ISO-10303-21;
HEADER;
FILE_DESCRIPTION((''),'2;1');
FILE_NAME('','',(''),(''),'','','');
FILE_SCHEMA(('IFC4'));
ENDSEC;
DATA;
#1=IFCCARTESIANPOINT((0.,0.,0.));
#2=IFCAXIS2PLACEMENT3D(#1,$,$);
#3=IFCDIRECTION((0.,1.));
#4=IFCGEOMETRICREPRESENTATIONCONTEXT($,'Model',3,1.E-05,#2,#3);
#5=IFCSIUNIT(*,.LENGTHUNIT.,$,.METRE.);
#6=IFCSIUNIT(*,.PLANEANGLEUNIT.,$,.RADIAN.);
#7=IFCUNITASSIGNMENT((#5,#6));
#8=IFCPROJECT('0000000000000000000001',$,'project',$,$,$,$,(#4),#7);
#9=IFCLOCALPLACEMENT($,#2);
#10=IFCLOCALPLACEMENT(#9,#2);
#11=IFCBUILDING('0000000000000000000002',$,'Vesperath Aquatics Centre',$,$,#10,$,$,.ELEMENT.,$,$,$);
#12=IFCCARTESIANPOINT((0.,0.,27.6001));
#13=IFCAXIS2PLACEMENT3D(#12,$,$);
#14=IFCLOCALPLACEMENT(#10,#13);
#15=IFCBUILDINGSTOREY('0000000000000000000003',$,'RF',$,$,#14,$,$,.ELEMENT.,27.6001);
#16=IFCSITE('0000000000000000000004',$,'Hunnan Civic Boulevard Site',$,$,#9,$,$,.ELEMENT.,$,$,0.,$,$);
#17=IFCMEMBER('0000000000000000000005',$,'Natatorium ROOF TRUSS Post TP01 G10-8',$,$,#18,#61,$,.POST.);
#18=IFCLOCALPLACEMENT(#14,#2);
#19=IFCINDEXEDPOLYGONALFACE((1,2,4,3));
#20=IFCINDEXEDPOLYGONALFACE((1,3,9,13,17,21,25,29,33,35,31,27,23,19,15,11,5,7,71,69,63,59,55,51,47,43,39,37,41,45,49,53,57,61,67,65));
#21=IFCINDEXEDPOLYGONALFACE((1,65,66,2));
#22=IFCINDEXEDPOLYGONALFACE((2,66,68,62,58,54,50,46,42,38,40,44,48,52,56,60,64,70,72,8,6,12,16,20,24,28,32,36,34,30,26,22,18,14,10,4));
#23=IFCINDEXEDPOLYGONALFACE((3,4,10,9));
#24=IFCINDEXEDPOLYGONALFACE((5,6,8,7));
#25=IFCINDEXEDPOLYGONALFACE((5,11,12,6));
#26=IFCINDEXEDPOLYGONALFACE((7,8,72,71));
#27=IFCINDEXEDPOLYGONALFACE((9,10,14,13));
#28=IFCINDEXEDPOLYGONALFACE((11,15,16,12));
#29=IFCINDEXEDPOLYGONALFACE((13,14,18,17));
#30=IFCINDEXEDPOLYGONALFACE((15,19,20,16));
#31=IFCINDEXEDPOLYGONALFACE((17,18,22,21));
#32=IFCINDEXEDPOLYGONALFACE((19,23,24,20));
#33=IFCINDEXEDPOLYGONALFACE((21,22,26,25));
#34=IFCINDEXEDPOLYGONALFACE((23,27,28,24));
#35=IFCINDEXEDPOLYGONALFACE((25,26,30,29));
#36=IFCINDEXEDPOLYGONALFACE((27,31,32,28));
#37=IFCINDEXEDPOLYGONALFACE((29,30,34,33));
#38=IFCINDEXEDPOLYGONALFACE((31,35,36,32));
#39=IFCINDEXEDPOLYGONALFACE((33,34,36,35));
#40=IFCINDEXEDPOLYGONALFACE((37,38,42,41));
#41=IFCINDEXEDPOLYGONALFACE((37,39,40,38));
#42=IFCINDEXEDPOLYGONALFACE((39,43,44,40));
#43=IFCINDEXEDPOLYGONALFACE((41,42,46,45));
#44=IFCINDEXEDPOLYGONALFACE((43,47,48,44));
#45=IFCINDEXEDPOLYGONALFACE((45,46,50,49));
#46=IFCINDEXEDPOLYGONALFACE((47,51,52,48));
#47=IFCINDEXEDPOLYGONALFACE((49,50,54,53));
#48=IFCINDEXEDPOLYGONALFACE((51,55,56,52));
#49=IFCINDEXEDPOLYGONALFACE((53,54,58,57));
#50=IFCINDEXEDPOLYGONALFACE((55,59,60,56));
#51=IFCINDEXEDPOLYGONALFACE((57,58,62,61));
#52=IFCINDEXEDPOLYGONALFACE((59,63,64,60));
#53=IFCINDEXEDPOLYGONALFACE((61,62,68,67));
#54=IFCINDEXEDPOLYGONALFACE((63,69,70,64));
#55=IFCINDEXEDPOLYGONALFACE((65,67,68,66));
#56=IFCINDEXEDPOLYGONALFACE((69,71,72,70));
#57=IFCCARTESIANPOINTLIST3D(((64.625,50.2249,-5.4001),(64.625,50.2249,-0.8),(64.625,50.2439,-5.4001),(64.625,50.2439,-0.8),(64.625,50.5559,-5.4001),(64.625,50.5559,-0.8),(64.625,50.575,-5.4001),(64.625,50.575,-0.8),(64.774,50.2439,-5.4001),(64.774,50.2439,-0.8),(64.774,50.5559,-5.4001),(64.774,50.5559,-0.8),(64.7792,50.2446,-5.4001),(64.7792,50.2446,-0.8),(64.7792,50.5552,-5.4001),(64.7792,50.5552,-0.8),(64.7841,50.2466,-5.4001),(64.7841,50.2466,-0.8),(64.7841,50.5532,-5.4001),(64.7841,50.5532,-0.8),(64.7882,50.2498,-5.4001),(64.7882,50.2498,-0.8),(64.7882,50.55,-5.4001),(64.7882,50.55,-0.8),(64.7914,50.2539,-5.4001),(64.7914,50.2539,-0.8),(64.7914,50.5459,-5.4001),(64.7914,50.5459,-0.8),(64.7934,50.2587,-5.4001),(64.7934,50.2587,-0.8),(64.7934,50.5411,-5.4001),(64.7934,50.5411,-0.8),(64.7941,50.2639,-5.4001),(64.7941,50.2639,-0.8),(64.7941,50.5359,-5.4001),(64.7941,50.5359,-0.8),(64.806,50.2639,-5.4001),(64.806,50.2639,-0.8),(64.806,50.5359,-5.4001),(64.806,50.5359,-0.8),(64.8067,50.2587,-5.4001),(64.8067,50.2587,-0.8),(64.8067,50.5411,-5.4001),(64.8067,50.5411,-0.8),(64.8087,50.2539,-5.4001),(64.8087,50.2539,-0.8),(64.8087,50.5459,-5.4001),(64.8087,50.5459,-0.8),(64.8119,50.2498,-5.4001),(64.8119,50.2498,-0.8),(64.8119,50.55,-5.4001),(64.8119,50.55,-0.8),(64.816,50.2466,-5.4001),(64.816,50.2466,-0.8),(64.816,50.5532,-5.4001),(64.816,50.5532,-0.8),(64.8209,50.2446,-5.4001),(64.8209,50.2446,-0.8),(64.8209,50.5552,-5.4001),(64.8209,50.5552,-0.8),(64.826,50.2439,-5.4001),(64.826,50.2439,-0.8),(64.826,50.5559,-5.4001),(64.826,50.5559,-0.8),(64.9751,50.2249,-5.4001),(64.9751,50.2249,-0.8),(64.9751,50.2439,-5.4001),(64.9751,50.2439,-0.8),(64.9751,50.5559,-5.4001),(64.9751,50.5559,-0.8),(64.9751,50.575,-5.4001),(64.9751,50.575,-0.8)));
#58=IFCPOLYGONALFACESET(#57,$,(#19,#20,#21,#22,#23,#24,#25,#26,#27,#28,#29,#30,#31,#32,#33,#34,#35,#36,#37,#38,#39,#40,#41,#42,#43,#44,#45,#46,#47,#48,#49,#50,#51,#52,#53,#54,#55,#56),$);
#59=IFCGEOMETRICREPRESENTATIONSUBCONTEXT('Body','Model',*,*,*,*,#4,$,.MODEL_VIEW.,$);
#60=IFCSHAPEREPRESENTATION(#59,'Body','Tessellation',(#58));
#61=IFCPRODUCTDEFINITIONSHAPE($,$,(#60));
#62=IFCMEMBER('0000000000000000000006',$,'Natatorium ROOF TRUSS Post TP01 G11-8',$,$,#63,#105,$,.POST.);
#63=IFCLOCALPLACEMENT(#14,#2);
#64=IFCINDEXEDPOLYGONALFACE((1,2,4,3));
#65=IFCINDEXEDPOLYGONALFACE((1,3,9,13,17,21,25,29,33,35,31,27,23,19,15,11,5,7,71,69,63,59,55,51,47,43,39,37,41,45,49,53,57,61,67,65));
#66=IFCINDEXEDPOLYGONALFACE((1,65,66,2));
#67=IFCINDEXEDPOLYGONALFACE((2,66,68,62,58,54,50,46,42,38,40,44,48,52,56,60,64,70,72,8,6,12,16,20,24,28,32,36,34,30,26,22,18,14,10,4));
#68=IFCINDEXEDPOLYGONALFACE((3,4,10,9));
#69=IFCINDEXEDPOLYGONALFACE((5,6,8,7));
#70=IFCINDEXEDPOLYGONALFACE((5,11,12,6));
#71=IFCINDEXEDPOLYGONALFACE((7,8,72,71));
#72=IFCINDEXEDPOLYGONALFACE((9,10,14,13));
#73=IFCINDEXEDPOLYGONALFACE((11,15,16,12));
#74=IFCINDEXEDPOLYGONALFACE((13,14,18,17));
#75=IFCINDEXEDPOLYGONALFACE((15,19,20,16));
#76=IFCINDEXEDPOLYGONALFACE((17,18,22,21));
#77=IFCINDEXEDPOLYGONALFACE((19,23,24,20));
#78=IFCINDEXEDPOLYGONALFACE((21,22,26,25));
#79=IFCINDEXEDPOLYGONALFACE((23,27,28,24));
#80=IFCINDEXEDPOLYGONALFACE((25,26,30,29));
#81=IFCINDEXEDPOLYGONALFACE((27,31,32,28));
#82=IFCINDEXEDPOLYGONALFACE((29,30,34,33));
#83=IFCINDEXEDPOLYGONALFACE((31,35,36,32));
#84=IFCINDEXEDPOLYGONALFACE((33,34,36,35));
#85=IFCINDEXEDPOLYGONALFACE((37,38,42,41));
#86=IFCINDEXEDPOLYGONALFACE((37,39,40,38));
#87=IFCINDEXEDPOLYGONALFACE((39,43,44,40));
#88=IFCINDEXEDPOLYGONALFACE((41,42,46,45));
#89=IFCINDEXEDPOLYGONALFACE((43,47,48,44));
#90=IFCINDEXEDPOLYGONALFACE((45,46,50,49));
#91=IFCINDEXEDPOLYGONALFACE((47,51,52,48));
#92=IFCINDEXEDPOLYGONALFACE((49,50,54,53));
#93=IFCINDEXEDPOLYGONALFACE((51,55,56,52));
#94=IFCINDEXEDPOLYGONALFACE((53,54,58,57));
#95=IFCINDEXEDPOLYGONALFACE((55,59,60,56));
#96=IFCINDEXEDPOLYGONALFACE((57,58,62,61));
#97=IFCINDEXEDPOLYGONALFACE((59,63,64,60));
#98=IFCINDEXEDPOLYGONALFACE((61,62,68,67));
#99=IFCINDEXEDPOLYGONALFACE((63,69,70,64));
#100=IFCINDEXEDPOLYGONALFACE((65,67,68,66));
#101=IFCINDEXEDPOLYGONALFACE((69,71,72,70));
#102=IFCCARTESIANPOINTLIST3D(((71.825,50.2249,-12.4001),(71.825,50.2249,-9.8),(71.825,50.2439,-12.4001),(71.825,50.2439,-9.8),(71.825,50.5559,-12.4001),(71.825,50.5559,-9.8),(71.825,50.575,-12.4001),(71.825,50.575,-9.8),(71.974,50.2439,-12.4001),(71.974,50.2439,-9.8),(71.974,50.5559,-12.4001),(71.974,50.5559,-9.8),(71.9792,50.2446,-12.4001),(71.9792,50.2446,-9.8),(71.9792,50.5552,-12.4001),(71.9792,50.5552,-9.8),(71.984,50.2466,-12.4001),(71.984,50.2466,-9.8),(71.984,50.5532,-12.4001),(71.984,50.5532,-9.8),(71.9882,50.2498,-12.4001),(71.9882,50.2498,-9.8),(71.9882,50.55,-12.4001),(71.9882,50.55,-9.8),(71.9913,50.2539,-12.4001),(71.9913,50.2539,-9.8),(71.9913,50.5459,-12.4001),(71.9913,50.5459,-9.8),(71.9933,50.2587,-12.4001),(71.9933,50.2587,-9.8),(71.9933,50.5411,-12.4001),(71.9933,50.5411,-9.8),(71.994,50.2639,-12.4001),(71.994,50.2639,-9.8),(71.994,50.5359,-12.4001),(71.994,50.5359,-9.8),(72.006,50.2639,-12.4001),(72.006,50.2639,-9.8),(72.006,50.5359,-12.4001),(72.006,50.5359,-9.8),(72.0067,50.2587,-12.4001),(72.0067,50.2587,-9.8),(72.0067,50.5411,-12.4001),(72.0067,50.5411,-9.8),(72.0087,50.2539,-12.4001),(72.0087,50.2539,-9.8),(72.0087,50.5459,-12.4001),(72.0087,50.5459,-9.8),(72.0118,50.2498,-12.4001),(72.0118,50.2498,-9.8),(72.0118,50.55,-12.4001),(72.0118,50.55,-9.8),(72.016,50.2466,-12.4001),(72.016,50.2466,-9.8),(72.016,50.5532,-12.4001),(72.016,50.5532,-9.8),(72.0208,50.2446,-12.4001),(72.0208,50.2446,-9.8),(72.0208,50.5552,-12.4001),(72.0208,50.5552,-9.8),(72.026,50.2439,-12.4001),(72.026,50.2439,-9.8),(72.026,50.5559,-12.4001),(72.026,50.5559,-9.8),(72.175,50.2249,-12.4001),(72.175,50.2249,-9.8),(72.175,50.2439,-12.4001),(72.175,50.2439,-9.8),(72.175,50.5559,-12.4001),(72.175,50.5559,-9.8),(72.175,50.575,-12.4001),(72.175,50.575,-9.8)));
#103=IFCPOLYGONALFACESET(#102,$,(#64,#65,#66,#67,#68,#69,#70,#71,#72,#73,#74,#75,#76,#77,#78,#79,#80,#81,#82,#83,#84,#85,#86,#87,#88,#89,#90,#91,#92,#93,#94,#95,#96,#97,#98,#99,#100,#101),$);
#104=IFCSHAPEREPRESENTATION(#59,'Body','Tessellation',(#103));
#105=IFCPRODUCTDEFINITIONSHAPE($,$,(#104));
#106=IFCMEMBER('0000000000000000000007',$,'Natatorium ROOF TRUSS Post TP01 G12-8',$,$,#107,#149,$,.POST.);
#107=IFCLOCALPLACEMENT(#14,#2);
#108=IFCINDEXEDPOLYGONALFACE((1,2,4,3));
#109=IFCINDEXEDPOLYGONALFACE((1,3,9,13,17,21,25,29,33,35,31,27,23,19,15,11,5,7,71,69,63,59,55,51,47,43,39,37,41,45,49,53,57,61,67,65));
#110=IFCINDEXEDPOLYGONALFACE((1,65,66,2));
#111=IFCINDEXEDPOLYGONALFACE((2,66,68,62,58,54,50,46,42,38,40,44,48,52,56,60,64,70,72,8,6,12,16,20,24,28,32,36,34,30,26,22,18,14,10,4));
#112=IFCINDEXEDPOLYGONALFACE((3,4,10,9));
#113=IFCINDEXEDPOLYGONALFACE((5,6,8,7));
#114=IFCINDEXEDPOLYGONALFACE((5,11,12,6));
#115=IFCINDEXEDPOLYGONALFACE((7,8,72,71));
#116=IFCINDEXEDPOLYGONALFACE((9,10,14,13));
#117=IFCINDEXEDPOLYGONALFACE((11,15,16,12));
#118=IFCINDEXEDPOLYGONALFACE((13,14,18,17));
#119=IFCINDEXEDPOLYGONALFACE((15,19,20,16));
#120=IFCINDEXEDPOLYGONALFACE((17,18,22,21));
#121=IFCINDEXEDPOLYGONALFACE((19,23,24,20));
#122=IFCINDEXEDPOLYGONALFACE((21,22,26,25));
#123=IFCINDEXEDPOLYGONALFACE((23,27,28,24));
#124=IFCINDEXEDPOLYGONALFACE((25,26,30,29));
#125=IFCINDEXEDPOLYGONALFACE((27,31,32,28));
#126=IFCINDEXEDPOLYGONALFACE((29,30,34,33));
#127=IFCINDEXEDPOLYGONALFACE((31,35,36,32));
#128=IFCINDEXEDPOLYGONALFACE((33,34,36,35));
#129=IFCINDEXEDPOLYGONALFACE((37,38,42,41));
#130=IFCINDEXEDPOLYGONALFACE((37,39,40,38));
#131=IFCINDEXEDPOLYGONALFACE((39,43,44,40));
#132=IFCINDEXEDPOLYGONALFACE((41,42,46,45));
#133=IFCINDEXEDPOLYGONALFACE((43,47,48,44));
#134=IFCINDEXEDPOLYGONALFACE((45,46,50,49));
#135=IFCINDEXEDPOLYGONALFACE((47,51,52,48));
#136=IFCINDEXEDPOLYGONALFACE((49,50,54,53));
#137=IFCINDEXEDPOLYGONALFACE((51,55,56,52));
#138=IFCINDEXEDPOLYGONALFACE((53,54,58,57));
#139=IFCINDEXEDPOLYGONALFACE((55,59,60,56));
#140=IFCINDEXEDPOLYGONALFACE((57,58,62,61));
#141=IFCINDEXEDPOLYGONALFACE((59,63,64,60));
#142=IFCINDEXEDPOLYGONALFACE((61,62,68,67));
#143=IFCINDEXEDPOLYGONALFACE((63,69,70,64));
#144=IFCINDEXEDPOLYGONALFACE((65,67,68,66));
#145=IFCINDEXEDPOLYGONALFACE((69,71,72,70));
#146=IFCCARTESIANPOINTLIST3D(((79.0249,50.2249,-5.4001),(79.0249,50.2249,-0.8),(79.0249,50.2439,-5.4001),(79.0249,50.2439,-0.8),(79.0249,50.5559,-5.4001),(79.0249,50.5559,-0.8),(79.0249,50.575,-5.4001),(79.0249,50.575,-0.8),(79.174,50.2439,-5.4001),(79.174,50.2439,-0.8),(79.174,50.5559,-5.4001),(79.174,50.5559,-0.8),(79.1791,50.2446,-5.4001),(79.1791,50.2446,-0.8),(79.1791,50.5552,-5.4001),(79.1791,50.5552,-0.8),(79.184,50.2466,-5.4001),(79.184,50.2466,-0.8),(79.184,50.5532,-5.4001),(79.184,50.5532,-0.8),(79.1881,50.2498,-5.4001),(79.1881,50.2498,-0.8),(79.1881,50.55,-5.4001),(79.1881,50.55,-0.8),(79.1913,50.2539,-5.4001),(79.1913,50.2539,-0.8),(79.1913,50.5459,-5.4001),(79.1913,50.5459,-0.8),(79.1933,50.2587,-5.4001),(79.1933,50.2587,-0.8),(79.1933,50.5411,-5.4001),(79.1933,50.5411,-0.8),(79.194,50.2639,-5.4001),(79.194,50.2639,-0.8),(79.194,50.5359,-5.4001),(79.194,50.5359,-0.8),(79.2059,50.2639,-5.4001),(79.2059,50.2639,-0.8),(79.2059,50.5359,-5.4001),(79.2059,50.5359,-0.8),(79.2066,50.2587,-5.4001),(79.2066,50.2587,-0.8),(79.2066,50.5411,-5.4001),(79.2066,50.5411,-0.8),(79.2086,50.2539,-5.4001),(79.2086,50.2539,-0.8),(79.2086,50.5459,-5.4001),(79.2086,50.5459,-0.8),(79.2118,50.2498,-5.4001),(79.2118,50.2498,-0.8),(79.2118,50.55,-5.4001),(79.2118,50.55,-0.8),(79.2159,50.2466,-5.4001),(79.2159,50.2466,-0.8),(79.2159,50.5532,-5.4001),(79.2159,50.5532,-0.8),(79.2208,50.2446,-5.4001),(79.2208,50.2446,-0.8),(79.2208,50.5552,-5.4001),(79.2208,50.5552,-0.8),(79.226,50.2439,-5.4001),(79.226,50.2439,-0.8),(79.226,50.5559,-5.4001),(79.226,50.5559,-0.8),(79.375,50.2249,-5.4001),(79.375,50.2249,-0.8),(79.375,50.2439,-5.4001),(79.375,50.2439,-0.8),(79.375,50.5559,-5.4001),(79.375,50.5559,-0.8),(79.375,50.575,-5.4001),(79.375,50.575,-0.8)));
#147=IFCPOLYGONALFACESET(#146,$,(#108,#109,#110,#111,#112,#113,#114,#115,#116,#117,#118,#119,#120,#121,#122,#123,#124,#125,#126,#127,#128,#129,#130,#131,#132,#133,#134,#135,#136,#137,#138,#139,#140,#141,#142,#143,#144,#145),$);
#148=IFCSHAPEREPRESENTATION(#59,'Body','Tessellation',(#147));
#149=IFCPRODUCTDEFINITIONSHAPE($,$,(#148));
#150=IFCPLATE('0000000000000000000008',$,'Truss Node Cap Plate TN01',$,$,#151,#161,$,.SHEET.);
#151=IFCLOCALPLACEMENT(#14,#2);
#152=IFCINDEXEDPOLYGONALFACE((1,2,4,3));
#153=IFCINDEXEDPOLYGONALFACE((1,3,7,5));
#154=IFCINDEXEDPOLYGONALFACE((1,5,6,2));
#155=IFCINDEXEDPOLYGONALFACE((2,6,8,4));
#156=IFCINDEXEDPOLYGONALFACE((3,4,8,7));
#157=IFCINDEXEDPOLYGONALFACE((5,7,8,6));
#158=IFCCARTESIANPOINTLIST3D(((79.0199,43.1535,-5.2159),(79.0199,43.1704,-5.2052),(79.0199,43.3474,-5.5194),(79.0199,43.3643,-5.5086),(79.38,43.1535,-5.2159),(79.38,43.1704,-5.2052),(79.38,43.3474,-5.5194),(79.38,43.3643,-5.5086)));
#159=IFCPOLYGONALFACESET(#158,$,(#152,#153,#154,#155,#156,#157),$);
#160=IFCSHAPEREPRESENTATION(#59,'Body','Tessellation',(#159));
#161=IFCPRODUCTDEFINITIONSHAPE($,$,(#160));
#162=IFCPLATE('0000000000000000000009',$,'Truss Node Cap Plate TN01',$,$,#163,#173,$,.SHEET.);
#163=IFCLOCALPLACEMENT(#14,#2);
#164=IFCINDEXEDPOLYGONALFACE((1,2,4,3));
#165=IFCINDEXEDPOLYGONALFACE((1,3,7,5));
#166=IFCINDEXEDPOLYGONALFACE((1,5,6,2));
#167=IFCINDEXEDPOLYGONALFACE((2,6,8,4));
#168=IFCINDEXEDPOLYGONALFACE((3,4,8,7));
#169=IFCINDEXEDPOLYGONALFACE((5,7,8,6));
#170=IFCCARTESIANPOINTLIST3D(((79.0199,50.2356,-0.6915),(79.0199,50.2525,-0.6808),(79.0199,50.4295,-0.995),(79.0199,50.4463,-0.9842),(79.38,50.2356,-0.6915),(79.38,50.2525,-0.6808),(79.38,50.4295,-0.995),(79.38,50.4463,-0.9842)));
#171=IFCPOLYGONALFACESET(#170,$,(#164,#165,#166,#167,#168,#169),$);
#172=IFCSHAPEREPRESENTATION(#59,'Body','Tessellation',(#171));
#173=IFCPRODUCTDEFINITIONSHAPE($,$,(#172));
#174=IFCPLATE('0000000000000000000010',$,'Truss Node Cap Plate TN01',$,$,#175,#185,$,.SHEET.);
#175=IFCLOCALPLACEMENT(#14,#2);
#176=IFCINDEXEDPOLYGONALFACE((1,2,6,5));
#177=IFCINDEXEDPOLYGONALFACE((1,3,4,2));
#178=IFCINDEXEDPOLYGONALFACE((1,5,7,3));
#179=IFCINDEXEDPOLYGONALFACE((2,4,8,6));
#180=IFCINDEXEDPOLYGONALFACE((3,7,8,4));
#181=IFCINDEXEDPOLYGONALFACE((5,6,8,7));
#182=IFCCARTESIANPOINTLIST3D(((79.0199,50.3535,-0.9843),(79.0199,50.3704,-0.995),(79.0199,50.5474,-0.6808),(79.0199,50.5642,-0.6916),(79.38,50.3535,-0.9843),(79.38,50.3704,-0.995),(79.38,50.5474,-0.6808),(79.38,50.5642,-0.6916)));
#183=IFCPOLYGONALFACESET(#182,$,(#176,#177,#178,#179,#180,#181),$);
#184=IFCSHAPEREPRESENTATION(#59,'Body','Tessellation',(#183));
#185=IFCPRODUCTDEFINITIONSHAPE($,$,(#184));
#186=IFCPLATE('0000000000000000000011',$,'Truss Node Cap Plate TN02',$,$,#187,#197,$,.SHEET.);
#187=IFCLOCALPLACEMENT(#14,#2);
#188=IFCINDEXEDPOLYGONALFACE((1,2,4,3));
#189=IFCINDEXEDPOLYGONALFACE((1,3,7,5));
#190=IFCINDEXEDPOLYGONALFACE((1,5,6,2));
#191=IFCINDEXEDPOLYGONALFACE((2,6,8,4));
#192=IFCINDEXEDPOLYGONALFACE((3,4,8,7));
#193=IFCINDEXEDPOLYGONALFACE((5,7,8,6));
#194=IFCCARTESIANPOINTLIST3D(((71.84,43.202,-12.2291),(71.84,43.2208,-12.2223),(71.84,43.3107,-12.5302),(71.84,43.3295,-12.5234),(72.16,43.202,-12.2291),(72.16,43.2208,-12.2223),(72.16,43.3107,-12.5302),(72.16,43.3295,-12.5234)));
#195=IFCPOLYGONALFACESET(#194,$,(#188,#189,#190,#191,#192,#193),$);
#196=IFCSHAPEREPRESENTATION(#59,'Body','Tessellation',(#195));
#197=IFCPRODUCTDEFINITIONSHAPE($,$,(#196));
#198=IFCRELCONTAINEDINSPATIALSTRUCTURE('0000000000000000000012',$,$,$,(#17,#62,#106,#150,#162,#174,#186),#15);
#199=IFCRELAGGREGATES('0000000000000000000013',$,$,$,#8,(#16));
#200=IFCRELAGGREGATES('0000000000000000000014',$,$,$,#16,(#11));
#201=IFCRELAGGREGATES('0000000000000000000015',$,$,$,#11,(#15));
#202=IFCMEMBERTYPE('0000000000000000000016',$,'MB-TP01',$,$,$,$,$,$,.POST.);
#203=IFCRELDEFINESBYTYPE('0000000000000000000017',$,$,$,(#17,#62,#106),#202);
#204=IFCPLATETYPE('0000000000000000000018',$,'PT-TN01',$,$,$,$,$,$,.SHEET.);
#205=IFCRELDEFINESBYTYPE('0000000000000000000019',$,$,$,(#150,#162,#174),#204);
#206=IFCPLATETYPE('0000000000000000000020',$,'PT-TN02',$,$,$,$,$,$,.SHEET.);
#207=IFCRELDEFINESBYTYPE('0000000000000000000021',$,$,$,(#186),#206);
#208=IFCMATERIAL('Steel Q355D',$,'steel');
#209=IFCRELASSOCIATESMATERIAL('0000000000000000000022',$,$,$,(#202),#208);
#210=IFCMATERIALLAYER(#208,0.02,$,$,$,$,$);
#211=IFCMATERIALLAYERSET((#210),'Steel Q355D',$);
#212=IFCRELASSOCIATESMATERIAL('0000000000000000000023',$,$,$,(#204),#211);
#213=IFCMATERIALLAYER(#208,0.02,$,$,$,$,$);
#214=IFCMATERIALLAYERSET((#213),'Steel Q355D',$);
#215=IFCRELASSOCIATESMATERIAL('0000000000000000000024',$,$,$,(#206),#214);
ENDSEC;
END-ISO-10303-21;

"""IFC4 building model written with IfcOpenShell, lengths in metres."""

from ifc_helpers import new_model, si_unit, direction, frame, origin, origin_2d, place, context, subcontext, project, spatial, rectangle, i_section, extrude, material, layer, layer_set, material_profile, profile_set, type_object, element, save


model = new_model("IFC4")

# Units and contexts
model_context = context("Model", 3, precision=1e-05, world=origin(), true_north=direction((0.0, 1.0)))
body_context = subcontext(model_context, "Body", "Model", "MODEL_VIEW")
ifc_project = project(units=[si_unit("LENGTHUNIT", "METRE"), si_unit("PLANEANGLEUNIT", "RADIAN")], contexts=[model_context])

# Site, building, storey
site_placement = place(None, origin())
site = spatial("IfcSite", under=ifc_project, at=site_placement, Name="Hunnan Civic Boulevard Site", CompositionType="ELEMENT", RefElevation=0.0)
building_placement = place(site_placement, origin())
building = spatial("IfcBuilding", under=site, at=building_placement, Name="Vesperath Aquatics Centre", CompositionType="ELEMENT")
storey_placement = place(building_placement, frame((0.0, 0.0, 27.6001)))
storey = spatial("IfcBuildingStorey", under=building, at=storey_placement, Name="RF", CompositionType="ELEMENT", Elevation=27.6001)

# Members
ifc_material_1 = material(Name="Steel Q355D", Category="steel")
ifc_material_profile_1 = material_profile(ifc_material_1, i_section(OverallWidth=0.3501, OverallDepth=0.3501, WebThickness=0.012, FlangeThickness=0.019, FilletRadius=0.02, at=origin_2d()), Name="HW 350x350x12x19")
ifc_profile_set_1 = profile_set([ifc_material_profile_1], Name="Steel Q355D")
member_type_1 = type_object("IfcMemberType", Name="MB-TP01", PredefinedType="POST", material=ifc_profile_set_1)
member_1_placement = place(storey_placement, frame((64.8, 50.3999, -5.4001), z_axis=(0.0, 0.0, 1.0), x_axis=(1.0, 0.0, 0.0)))
element("IfcMember", 1, at=member_1_placement, inside=storey, type_object=member_type_1, Name="Natatorium ROOF TRUSS Post TP01 G10-8", PredefinedType="POST", context=body_context, shape_type="SweptSolid", body=[
    extrude(i_section(OverallWidth=0.3501, OverallDepth=0.3501, WebThickness=0.012, FlangeThickness=0.019, FilletRadius=0.02, at=origin_2d()), origin(), (0.0, 0.0, 1.0), 4.6001),
])
member_2_placement = place(storey_placement, frame((72.0, 50.3999, -12.4001), z_axis=(0.0, 0.0, 1.0), x_axis=(1.0, 0.0, 0.0)))
element("IfcMember", 2, at=member_2_placement, inside=storey, type_object=member_type_1, Name="Natatorium ROOF TRUSS Post TP01 G11-8", PredefinedType="POST", context=body_context, shape_type="SweptSolid", body=[
    extrude(i_section(OverallWidth=0.3501, OverallDepth=0.3501, WebThickness=0.012, FlangeThickness=0.019, FilletRadius=0.02, at=origin_2d()), origin(), (0.0, 0.0, 1.0), 2.6001),
])
member_3_placement = place(storey_placement, frame((79.2, 50.3999, -5.4001), z_axis=(0.0, 0.0, 1.0), x_axis=(1.0, 0.0, 0.0)))
element("IfcMember", 3, at=member_3_placement, inside=storey, type_object=member_type_1, Name="Natatorium ROOF TRUSS Post TP01 G12-8", PredefinedType="POST", context=body_context, shape_type="SweptSolid", body=[
    extrude(i_section(OverallWidth=0.3501, OverallDepth=0.3501, WebThickness=0.012, FlangeThickness=0.019, FilletRadius=0.02, at=origin_2d()), origin(), (0.0, 0.0, 1.0), 4.6001),
])

# Plates
ifc_layer_1 = layer(ifc_material_1, 0.02)
ifc_layer_set_1 = layer_set([ifc_layer_1], Name="Steel Q355D")
plate_type_1 = type_object("IfcPlateType", Name="PT-TN01", PredefinedType="SHEET", material=ifc_layer_set_1)
for number, where, z_axis, x_axis, name in (
    (4, (79.2, 43.2505, -5.3677), (0.0, 0.842696, 0.538389), (-1.0, 0.0, 0.0), "Truss Node Cap Plate TN01"),
    (5, (79.2, 50.3325, -0.8433), (0.0, 0.842696, 0.538389), (-1.0, 0.0, 0.0), "Truss Node Cap Plate TN01"),
    (6, (79.2, 50.4504, -0.8325), (0.0, 0.842696, -0.538389), (-1.0, 0.0, 0.0), "Truss Node Cap Plate TN01"),
):
    element("IfcPlate", number, at=place(storey_placement, frame(where, z_axis=z_axis, x_axis=x_axis)), inside=storey, type_object=plate_type_1, Name=name, PredefinedType="SHEET", context=body_context, shape_type="SweptSolid", body=[
        extrude(rectangle(XDim=0.3601, YDim=0.3601, at=origin_2d()), origin(), (0.0, 0.0, 1.0), 0.02),
    ])
ifc_layer_2 = layer(ifc_material_1, 0.02)
ifc_layer_set_2 = layer_set([ifc_layer_2], Name="Steel Q355D")
plate_type_2 = type_object("IfcPlateType", Name="PT-TN02", PredefinedType="SHEET", material=ifc_layer_set_2)
for number, where, z_axis, x_axis, name in (
    (7, (72.0, 43.2563, -12.3796), (0.0, 0.940554, 0.339644), (-1.0, 0.0, 0.0), "Truss Node Cap Plate TN02"),
):
    element("IfcPlate", number, at=place(storey_placement, frame(where, z_axis=z_axis, x_axis=x_axis)), inside=storey, type_object=plate_type_2, Name=name, PredefinedType="SHEET", context=body_context, shape_type="SweptSolid", body=[
        extrude(rectangle(XDim=0.3201, YDim=0.3201, at=origin_2d()), origin(), (0.0, 0.0, 1.0), 0.02),
    ])

save(model, "model.ifc")
